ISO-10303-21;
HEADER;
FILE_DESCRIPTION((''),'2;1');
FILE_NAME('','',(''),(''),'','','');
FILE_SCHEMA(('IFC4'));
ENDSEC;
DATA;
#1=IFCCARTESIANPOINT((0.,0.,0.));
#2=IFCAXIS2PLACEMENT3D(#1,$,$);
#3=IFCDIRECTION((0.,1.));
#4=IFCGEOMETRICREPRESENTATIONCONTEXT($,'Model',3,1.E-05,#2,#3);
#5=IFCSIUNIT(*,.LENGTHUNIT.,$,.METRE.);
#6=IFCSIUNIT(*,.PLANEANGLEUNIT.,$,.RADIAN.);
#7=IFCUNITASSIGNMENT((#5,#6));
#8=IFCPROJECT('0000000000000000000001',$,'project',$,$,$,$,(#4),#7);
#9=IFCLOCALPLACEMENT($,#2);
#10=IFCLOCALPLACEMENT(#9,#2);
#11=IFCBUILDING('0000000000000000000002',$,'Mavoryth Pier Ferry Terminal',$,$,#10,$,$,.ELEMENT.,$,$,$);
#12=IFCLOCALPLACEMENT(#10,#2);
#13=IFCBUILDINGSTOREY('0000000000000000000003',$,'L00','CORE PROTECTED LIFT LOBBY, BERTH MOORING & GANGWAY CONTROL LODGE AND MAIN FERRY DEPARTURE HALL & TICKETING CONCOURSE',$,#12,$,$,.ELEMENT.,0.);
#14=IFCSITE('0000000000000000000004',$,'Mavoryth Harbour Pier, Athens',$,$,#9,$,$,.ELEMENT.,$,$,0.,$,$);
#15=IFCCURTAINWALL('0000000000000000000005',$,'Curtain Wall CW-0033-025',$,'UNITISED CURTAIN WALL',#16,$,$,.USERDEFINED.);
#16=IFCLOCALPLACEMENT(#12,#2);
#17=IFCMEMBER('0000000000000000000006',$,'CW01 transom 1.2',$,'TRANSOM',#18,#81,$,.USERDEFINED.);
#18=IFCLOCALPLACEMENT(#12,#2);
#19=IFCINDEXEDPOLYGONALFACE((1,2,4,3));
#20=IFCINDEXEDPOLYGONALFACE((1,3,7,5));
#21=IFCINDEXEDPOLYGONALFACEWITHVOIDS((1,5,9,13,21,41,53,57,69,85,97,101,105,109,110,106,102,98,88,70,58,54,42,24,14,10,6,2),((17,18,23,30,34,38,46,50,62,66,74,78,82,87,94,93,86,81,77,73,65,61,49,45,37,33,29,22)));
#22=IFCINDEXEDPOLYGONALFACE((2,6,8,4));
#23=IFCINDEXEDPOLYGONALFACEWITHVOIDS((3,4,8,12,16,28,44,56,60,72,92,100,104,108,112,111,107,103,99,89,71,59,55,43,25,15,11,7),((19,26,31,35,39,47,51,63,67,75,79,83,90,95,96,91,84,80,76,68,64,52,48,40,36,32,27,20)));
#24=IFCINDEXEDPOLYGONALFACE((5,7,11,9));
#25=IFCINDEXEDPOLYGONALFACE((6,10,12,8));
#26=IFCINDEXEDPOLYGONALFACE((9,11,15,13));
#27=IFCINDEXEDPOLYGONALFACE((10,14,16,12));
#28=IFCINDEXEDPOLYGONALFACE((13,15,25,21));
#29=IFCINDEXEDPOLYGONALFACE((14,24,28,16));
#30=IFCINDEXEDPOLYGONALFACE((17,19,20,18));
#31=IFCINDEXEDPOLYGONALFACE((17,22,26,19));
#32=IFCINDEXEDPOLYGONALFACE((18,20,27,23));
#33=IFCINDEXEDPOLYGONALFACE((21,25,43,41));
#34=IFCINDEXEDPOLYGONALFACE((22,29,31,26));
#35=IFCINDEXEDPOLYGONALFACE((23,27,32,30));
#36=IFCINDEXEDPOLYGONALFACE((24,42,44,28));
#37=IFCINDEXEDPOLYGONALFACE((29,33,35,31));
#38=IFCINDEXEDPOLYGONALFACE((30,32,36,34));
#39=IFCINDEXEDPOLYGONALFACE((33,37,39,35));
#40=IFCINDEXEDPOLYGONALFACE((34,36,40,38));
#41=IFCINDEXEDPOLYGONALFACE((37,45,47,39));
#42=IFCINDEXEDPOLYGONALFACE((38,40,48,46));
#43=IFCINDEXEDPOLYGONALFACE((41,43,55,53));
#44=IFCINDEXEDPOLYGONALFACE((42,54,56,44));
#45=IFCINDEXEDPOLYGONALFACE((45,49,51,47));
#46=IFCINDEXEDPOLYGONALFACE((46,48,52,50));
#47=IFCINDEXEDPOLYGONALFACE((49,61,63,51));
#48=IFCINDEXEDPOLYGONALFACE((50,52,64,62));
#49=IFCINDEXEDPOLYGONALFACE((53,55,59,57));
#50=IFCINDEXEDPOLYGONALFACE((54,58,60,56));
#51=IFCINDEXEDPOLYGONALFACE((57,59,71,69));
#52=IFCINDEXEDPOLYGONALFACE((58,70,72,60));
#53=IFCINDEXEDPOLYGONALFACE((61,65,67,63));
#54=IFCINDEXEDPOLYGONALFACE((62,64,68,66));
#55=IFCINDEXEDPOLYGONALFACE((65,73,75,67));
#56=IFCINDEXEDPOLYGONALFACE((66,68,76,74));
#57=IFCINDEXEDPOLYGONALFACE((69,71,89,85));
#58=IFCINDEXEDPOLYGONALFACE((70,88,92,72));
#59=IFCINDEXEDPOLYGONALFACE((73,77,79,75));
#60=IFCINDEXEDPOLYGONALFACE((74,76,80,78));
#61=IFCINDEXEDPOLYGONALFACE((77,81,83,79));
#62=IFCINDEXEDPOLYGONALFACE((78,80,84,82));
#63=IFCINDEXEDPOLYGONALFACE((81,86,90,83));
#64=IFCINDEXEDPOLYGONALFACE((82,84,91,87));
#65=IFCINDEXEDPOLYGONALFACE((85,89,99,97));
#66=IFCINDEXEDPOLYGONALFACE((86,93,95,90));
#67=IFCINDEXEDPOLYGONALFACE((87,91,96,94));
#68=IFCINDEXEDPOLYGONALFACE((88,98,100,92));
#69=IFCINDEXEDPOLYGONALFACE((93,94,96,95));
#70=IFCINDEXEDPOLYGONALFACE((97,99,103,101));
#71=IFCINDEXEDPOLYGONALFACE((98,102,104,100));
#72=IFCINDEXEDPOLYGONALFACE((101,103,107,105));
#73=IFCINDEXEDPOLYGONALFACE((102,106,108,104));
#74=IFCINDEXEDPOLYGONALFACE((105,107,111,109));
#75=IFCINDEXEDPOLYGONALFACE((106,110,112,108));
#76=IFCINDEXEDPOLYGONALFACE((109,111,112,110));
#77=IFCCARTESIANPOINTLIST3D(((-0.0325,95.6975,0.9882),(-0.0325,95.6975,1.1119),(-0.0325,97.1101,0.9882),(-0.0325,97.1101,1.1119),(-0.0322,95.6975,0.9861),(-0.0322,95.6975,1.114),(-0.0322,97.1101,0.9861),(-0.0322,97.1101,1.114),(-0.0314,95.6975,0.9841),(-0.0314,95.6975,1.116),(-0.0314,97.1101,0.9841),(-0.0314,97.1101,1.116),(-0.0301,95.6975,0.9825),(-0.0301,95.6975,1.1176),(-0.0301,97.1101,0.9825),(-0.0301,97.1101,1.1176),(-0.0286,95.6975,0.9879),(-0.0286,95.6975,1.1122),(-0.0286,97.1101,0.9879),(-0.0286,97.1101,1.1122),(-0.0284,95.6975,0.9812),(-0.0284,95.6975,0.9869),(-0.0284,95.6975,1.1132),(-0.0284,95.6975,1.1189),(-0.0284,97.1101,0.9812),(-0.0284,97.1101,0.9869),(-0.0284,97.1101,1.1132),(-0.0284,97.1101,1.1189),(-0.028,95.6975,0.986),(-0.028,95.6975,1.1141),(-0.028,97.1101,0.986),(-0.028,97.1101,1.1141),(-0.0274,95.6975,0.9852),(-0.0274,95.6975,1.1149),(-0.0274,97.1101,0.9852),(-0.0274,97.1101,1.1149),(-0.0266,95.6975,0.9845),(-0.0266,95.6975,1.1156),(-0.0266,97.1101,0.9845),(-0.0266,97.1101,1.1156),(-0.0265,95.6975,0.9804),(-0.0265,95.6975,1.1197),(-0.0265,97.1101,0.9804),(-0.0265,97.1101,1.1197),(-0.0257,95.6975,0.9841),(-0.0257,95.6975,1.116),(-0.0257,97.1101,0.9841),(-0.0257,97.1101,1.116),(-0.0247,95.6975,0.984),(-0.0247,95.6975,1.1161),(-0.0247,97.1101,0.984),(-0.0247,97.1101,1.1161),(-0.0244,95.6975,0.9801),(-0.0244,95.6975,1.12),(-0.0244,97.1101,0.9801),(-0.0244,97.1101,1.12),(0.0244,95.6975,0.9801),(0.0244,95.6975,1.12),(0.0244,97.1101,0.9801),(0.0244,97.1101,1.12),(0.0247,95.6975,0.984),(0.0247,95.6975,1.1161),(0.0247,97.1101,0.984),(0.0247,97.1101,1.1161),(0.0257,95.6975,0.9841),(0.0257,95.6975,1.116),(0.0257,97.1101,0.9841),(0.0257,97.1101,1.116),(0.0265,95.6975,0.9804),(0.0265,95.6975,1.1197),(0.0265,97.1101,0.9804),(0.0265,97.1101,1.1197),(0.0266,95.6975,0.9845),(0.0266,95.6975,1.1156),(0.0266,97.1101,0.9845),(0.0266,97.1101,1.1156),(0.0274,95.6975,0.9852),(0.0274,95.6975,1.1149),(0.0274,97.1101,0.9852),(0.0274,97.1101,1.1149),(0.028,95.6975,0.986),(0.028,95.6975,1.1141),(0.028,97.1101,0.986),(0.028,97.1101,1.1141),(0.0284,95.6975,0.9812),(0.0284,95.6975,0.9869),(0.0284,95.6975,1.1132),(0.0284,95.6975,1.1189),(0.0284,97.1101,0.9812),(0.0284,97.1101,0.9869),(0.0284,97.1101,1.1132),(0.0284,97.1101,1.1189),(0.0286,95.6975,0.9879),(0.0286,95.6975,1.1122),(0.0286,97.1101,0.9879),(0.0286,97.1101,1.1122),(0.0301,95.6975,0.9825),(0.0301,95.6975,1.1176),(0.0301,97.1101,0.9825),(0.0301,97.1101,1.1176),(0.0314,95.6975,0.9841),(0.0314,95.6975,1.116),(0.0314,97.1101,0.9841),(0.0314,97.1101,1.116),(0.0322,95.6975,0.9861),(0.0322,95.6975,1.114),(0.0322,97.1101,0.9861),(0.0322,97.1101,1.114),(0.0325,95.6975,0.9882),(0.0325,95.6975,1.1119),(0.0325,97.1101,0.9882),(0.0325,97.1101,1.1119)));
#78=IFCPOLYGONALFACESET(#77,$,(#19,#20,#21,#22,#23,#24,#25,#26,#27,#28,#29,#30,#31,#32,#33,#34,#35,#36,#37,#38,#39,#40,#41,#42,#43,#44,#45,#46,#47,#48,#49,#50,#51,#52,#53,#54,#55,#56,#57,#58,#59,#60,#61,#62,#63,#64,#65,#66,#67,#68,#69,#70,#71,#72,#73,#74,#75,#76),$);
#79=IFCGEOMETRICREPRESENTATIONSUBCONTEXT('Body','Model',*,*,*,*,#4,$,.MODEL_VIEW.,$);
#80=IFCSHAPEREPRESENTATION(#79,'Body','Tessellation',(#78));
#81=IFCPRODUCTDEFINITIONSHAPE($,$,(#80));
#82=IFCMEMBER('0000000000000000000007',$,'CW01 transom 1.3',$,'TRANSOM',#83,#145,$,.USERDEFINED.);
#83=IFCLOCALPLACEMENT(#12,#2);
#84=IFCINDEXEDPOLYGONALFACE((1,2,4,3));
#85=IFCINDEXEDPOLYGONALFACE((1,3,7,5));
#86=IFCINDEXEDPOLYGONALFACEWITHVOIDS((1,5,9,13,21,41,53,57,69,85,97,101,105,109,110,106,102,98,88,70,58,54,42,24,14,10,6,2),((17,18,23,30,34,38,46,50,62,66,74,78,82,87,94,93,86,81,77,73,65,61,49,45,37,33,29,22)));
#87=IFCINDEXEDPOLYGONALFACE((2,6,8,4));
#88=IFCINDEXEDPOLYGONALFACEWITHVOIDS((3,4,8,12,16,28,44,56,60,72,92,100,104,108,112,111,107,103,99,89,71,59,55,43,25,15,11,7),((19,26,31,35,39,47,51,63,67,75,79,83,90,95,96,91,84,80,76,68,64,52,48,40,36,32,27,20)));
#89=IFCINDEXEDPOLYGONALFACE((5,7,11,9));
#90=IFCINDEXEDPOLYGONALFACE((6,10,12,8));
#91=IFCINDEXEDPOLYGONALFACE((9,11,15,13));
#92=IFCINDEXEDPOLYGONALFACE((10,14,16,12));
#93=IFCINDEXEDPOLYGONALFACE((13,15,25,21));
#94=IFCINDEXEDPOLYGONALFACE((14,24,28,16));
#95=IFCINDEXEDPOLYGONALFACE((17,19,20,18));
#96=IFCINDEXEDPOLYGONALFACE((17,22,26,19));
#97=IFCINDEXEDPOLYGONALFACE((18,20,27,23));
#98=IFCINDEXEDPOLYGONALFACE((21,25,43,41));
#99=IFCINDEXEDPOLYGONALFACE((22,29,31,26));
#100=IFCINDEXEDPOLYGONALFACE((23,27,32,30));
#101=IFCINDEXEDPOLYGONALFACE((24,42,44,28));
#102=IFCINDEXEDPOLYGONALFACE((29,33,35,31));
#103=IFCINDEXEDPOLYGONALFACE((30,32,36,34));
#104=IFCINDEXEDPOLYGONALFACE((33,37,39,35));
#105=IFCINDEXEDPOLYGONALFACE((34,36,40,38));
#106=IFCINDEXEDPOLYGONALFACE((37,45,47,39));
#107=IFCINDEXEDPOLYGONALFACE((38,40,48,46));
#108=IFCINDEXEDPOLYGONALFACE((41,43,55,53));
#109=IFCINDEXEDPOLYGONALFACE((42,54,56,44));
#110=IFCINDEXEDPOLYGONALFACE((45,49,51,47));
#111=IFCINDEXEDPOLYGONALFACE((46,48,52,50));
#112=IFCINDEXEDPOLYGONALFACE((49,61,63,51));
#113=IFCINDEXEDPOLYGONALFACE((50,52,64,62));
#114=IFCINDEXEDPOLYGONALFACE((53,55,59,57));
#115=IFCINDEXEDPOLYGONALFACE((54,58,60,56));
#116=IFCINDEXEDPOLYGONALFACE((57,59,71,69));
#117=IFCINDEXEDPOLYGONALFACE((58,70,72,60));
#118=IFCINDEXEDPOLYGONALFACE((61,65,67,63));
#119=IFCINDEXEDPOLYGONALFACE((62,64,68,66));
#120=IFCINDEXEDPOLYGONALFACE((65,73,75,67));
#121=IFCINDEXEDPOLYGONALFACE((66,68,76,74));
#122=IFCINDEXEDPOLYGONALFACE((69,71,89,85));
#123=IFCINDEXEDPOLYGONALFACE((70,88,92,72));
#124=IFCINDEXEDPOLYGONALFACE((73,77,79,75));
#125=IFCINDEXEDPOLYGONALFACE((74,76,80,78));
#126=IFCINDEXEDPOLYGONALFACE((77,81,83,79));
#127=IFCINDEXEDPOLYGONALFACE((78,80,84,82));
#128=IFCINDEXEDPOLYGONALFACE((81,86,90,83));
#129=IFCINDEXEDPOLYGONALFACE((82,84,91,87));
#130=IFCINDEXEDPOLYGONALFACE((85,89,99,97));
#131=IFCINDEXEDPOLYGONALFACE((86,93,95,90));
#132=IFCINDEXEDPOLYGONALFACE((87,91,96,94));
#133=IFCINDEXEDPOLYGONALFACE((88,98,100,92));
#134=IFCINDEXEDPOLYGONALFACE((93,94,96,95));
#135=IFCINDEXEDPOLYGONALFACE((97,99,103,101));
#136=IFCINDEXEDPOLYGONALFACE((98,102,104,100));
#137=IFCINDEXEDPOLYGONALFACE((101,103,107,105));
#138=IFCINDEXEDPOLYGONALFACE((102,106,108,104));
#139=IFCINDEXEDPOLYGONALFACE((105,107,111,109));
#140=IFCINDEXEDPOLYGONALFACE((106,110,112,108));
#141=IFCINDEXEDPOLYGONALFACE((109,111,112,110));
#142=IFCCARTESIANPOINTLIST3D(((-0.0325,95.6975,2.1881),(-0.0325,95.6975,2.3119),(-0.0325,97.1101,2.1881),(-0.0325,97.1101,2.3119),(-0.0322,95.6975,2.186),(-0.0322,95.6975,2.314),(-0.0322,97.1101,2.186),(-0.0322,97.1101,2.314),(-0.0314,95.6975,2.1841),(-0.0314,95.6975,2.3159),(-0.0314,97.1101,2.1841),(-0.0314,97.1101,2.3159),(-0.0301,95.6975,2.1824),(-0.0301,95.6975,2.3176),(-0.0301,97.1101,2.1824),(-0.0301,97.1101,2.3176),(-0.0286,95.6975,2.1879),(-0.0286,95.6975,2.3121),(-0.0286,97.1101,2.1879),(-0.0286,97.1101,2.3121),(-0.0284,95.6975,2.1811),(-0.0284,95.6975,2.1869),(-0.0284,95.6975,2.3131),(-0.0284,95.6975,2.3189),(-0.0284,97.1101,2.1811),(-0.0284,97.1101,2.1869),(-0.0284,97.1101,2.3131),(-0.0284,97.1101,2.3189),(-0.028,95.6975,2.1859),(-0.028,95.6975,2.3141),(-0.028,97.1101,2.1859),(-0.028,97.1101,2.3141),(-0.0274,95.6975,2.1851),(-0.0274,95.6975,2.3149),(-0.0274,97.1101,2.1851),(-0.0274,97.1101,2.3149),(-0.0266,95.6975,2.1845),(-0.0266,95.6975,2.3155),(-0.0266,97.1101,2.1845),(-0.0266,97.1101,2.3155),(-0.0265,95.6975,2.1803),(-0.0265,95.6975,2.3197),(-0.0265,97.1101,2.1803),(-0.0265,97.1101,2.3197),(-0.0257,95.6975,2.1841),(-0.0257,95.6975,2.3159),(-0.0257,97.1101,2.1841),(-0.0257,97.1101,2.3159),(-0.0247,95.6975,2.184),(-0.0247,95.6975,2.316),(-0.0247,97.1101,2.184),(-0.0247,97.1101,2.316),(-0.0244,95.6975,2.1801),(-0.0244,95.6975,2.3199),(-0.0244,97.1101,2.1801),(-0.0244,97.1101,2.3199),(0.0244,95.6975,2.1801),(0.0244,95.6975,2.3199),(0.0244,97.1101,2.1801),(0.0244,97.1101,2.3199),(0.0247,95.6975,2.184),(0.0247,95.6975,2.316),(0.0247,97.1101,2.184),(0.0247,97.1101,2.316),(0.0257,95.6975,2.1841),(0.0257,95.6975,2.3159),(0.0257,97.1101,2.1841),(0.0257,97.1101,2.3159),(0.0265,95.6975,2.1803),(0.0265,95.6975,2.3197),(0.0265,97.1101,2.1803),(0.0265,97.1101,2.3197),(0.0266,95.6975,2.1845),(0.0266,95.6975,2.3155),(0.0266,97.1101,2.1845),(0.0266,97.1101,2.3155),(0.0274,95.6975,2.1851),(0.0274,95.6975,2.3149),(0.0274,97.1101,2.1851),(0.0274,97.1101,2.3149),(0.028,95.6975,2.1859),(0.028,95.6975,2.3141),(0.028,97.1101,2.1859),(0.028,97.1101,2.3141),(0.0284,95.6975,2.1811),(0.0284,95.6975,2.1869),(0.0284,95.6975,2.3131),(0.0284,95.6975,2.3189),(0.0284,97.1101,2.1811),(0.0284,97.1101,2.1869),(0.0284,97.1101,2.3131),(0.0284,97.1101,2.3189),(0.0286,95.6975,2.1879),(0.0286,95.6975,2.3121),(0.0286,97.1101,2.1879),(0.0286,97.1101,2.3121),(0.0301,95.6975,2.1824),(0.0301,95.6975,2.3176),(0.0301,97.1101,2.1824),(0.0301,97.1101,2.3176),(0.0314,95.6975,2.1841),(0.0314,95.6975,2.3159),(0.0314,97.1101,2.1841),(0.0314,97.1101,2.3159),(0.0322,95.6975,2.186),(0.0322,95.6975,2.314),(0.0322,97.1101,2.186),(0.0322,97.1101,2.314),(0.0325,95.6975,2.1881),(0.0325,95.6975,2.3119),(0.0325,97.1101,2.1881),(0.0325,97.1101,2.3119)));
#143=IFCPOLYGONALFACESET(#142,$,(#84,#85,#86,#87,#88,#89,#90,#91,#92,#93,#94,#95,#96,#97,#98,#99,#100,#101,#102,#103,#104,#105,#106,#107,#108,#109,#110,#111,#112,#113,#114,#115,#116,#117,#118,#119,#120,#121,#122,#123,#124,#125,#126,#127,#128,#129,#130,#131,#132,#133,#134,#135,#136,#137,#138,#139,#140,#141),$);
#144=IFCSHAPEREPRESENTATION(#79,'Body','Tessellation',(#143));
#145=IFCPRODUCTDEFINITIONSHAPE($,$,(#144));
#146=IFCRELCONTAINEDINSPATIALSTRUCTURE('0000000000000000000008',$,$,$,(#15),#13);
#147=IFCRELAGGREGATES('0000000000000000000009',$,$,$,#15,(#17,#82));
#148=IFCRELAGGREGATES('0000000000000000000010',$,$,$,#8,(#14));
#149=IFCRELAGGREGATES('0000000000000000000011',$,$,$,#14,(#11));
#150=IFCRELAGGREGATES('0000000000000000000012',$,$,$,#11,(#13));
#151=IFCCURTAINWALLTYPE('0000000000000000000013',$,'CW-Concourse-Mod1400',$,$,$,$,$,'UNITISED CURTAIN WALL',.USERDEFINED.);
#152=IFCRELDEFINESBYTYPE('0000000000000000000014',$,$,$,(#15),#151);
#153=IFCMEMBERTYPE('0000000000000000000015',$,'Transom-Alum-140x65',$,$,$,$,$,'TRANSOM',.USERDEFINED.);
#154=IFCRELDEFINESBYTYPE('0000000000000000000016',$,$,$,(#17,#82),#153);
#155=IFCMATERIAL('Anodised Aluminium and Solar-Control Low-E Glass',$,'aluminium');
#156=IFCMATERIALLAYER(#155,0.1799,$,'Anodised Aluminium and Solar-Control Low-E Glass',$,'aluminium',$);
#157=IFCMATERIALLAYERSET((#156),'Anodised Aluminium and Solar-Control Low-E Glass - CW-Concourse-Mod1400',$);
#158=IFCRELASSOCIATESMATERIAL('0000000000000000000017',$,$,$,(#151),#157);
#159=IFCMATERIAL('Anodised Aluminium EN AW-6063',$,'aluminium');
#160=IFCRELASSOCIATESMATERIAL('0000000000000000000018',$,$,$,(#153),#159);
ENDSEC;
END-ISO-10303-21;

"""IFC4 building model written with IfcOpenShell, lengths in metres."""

from ifc_helpers import new_model, si_unit, direction, frame, origin, origin_2d, place, context, subcontext, project, spatial, hollow_rectangle, extrude, material, layer, layer_set, material_profile, profile_set, type_object, element, aggregate, save


model = new_model("IFC4")

# Units and contexts
model_context = context("Model", 3, precision=1e-05, world=origin(), true_north=direction((0.0, 1.0)))
body_context = subcontext(model_context, "Body", "Model", "MODEL_VIEW")
ifc_project = project(units=[si_unit("LENGTHUNIT", "METRE"), si_unit("PLANEANGLEUNIT", "RADIAN")], contexts=[model_context])

# Site, building, storey
site_placement = place(None, origin())
site = spatial("IfcSite", under=ifc_project, at=site_placement, Name="Mavoryth Harbour Pier, Athens", CompositionType="ELEMENT", RefElevation=0.0)
building_placement = place(site_placement, origin())
building = spatial("IfcBuilding", under=site, at=building_placement, Name="Mavoryth Pier Ferry Terminal", CompositionType="ELEMENT")
storey_placement = place(building_placement, origin())
storey = spatial("IfcBuildingStorey", under=building, at=storey_placement, Name="L00", Description="CORE PROTECTED LIFT LOBBY, BERTH MOORING & GANGWAY CONTROL LODGE AND MAIN FERRY DEPARTURE HALL & TICKETING CONCOURSE", CompositionType="ELEMENT", Elevation=0.0)

# Curtain wall
ifc_material_1 = material(Name="Anodised Aluminium and Solar-Control Low-E Glass", Category="aluminium")
ifc_layer_1 = layer(ifc_material_1, 0.1799, Name="Anodised Aluminium and Solar-Control Low-E Glass", Category="aluminium")
ifc_layer_set_1 = layer_set([ifc_layer_1], Name="Anodised Aluminium and Solar-Control Low-E Glass - CW-Concourse-Mod1400")
curtain_wall_type = type_object("IfcCurtainWallType", Name="CW-Concourse-Mod1400", ElementType="UNITISED CURTAIN WALL", PredefinedType="USERDEFINED", material=ifc_layer_set_1)
curtain_wall_1_placement = place(storey_placement, origin())
curtain_wall_1 = element("IfcCurtainWall", 1, at=curtain_wall_1_placement, inside=storey, type_object=curtain_wall_type, Name="Curtain Wall CW-0033-025", ObjectType="UNITISED CURTAIN WALL", PredefinedType="USERDEFINED")
ifc_material_2 = material(Name="Anodised Aluminium EN AW-6063", Category="aluminium")

# Members
ifc_material_profile_1 = material_profile(ifc_material_2, hollow_rectangle(XDim=0.0649, YDim=0.1399, WallThickness=0.0039, InnerFilletRadius=0.0039, OuterFilletRadius=0.0081, at=origin_2d()), Name="AL-TRAN 140x65x4", Category="aluminium")
ifc_profile_set_1 = profile_set([ifc_material_profile_1], Name="Anodised Aluminium EN AW-6063 - AL-TRAN 140x65x4")
member_type_1 = type_object("IfcMemberType", Name="Transom-Alum-140x65", ElementType="TRANSOM", PredefinedType="USERDEFINED", material=ifc_profile_set_1)
member_1_placement = place(storey_placement, frame((0.0, 97.1101, 1.05), z_axis=(0.0, -1.0, 0.0), x_axis=(1.0, 0.0, 0.0)))
member_1 = element("IfcMember", 2, at=member_1_placement, type_object=member_type_1, Name="CW01 transom 1.2", ObjectType="TRANSOM", PredefinedType="USERDEFINED", context=body_context, shape_type="SweptSolid", body=[
    extrude(hollow_rectangle(XDim=0.0649, YDim=0.1399, WallThickness=0.0039, InnerFilletRadius=0.0039, OuterFilletRadius=0.0081, at=origin_2d()), origin(), (0.0, 0.0, 1.0), 1.4126),
])
member_2_placement = place(storey_placement, frame((0.0, 97.1101, 2.25), z_axis=(0.0, -1.0, 0.0), x_axis=(1.0, 0.0, 0.0)))
member_2 = element("IfcMember", 3, at=member_2_placement, type_object=member_type_1, Name="CW01 transom 1.3", ObjectType="TRANSOM", PredefinedType="USERDEFINED", context=body_context, shape_type="SweptSolid", body=[
    extrude(hollow_rectangle(XDim=0.0649, YDim=0.1399, WallThickness=0.0039, InnerFilletRadius=0.0039, OuterFilletRadius=0.0081, at=origin_2d()), origin(), (0.0, 0.0, 1.0), 1.4126),
])

aggregate(curtain_wall_1, [member_1, member_2])

save(model, "model.ifc")
